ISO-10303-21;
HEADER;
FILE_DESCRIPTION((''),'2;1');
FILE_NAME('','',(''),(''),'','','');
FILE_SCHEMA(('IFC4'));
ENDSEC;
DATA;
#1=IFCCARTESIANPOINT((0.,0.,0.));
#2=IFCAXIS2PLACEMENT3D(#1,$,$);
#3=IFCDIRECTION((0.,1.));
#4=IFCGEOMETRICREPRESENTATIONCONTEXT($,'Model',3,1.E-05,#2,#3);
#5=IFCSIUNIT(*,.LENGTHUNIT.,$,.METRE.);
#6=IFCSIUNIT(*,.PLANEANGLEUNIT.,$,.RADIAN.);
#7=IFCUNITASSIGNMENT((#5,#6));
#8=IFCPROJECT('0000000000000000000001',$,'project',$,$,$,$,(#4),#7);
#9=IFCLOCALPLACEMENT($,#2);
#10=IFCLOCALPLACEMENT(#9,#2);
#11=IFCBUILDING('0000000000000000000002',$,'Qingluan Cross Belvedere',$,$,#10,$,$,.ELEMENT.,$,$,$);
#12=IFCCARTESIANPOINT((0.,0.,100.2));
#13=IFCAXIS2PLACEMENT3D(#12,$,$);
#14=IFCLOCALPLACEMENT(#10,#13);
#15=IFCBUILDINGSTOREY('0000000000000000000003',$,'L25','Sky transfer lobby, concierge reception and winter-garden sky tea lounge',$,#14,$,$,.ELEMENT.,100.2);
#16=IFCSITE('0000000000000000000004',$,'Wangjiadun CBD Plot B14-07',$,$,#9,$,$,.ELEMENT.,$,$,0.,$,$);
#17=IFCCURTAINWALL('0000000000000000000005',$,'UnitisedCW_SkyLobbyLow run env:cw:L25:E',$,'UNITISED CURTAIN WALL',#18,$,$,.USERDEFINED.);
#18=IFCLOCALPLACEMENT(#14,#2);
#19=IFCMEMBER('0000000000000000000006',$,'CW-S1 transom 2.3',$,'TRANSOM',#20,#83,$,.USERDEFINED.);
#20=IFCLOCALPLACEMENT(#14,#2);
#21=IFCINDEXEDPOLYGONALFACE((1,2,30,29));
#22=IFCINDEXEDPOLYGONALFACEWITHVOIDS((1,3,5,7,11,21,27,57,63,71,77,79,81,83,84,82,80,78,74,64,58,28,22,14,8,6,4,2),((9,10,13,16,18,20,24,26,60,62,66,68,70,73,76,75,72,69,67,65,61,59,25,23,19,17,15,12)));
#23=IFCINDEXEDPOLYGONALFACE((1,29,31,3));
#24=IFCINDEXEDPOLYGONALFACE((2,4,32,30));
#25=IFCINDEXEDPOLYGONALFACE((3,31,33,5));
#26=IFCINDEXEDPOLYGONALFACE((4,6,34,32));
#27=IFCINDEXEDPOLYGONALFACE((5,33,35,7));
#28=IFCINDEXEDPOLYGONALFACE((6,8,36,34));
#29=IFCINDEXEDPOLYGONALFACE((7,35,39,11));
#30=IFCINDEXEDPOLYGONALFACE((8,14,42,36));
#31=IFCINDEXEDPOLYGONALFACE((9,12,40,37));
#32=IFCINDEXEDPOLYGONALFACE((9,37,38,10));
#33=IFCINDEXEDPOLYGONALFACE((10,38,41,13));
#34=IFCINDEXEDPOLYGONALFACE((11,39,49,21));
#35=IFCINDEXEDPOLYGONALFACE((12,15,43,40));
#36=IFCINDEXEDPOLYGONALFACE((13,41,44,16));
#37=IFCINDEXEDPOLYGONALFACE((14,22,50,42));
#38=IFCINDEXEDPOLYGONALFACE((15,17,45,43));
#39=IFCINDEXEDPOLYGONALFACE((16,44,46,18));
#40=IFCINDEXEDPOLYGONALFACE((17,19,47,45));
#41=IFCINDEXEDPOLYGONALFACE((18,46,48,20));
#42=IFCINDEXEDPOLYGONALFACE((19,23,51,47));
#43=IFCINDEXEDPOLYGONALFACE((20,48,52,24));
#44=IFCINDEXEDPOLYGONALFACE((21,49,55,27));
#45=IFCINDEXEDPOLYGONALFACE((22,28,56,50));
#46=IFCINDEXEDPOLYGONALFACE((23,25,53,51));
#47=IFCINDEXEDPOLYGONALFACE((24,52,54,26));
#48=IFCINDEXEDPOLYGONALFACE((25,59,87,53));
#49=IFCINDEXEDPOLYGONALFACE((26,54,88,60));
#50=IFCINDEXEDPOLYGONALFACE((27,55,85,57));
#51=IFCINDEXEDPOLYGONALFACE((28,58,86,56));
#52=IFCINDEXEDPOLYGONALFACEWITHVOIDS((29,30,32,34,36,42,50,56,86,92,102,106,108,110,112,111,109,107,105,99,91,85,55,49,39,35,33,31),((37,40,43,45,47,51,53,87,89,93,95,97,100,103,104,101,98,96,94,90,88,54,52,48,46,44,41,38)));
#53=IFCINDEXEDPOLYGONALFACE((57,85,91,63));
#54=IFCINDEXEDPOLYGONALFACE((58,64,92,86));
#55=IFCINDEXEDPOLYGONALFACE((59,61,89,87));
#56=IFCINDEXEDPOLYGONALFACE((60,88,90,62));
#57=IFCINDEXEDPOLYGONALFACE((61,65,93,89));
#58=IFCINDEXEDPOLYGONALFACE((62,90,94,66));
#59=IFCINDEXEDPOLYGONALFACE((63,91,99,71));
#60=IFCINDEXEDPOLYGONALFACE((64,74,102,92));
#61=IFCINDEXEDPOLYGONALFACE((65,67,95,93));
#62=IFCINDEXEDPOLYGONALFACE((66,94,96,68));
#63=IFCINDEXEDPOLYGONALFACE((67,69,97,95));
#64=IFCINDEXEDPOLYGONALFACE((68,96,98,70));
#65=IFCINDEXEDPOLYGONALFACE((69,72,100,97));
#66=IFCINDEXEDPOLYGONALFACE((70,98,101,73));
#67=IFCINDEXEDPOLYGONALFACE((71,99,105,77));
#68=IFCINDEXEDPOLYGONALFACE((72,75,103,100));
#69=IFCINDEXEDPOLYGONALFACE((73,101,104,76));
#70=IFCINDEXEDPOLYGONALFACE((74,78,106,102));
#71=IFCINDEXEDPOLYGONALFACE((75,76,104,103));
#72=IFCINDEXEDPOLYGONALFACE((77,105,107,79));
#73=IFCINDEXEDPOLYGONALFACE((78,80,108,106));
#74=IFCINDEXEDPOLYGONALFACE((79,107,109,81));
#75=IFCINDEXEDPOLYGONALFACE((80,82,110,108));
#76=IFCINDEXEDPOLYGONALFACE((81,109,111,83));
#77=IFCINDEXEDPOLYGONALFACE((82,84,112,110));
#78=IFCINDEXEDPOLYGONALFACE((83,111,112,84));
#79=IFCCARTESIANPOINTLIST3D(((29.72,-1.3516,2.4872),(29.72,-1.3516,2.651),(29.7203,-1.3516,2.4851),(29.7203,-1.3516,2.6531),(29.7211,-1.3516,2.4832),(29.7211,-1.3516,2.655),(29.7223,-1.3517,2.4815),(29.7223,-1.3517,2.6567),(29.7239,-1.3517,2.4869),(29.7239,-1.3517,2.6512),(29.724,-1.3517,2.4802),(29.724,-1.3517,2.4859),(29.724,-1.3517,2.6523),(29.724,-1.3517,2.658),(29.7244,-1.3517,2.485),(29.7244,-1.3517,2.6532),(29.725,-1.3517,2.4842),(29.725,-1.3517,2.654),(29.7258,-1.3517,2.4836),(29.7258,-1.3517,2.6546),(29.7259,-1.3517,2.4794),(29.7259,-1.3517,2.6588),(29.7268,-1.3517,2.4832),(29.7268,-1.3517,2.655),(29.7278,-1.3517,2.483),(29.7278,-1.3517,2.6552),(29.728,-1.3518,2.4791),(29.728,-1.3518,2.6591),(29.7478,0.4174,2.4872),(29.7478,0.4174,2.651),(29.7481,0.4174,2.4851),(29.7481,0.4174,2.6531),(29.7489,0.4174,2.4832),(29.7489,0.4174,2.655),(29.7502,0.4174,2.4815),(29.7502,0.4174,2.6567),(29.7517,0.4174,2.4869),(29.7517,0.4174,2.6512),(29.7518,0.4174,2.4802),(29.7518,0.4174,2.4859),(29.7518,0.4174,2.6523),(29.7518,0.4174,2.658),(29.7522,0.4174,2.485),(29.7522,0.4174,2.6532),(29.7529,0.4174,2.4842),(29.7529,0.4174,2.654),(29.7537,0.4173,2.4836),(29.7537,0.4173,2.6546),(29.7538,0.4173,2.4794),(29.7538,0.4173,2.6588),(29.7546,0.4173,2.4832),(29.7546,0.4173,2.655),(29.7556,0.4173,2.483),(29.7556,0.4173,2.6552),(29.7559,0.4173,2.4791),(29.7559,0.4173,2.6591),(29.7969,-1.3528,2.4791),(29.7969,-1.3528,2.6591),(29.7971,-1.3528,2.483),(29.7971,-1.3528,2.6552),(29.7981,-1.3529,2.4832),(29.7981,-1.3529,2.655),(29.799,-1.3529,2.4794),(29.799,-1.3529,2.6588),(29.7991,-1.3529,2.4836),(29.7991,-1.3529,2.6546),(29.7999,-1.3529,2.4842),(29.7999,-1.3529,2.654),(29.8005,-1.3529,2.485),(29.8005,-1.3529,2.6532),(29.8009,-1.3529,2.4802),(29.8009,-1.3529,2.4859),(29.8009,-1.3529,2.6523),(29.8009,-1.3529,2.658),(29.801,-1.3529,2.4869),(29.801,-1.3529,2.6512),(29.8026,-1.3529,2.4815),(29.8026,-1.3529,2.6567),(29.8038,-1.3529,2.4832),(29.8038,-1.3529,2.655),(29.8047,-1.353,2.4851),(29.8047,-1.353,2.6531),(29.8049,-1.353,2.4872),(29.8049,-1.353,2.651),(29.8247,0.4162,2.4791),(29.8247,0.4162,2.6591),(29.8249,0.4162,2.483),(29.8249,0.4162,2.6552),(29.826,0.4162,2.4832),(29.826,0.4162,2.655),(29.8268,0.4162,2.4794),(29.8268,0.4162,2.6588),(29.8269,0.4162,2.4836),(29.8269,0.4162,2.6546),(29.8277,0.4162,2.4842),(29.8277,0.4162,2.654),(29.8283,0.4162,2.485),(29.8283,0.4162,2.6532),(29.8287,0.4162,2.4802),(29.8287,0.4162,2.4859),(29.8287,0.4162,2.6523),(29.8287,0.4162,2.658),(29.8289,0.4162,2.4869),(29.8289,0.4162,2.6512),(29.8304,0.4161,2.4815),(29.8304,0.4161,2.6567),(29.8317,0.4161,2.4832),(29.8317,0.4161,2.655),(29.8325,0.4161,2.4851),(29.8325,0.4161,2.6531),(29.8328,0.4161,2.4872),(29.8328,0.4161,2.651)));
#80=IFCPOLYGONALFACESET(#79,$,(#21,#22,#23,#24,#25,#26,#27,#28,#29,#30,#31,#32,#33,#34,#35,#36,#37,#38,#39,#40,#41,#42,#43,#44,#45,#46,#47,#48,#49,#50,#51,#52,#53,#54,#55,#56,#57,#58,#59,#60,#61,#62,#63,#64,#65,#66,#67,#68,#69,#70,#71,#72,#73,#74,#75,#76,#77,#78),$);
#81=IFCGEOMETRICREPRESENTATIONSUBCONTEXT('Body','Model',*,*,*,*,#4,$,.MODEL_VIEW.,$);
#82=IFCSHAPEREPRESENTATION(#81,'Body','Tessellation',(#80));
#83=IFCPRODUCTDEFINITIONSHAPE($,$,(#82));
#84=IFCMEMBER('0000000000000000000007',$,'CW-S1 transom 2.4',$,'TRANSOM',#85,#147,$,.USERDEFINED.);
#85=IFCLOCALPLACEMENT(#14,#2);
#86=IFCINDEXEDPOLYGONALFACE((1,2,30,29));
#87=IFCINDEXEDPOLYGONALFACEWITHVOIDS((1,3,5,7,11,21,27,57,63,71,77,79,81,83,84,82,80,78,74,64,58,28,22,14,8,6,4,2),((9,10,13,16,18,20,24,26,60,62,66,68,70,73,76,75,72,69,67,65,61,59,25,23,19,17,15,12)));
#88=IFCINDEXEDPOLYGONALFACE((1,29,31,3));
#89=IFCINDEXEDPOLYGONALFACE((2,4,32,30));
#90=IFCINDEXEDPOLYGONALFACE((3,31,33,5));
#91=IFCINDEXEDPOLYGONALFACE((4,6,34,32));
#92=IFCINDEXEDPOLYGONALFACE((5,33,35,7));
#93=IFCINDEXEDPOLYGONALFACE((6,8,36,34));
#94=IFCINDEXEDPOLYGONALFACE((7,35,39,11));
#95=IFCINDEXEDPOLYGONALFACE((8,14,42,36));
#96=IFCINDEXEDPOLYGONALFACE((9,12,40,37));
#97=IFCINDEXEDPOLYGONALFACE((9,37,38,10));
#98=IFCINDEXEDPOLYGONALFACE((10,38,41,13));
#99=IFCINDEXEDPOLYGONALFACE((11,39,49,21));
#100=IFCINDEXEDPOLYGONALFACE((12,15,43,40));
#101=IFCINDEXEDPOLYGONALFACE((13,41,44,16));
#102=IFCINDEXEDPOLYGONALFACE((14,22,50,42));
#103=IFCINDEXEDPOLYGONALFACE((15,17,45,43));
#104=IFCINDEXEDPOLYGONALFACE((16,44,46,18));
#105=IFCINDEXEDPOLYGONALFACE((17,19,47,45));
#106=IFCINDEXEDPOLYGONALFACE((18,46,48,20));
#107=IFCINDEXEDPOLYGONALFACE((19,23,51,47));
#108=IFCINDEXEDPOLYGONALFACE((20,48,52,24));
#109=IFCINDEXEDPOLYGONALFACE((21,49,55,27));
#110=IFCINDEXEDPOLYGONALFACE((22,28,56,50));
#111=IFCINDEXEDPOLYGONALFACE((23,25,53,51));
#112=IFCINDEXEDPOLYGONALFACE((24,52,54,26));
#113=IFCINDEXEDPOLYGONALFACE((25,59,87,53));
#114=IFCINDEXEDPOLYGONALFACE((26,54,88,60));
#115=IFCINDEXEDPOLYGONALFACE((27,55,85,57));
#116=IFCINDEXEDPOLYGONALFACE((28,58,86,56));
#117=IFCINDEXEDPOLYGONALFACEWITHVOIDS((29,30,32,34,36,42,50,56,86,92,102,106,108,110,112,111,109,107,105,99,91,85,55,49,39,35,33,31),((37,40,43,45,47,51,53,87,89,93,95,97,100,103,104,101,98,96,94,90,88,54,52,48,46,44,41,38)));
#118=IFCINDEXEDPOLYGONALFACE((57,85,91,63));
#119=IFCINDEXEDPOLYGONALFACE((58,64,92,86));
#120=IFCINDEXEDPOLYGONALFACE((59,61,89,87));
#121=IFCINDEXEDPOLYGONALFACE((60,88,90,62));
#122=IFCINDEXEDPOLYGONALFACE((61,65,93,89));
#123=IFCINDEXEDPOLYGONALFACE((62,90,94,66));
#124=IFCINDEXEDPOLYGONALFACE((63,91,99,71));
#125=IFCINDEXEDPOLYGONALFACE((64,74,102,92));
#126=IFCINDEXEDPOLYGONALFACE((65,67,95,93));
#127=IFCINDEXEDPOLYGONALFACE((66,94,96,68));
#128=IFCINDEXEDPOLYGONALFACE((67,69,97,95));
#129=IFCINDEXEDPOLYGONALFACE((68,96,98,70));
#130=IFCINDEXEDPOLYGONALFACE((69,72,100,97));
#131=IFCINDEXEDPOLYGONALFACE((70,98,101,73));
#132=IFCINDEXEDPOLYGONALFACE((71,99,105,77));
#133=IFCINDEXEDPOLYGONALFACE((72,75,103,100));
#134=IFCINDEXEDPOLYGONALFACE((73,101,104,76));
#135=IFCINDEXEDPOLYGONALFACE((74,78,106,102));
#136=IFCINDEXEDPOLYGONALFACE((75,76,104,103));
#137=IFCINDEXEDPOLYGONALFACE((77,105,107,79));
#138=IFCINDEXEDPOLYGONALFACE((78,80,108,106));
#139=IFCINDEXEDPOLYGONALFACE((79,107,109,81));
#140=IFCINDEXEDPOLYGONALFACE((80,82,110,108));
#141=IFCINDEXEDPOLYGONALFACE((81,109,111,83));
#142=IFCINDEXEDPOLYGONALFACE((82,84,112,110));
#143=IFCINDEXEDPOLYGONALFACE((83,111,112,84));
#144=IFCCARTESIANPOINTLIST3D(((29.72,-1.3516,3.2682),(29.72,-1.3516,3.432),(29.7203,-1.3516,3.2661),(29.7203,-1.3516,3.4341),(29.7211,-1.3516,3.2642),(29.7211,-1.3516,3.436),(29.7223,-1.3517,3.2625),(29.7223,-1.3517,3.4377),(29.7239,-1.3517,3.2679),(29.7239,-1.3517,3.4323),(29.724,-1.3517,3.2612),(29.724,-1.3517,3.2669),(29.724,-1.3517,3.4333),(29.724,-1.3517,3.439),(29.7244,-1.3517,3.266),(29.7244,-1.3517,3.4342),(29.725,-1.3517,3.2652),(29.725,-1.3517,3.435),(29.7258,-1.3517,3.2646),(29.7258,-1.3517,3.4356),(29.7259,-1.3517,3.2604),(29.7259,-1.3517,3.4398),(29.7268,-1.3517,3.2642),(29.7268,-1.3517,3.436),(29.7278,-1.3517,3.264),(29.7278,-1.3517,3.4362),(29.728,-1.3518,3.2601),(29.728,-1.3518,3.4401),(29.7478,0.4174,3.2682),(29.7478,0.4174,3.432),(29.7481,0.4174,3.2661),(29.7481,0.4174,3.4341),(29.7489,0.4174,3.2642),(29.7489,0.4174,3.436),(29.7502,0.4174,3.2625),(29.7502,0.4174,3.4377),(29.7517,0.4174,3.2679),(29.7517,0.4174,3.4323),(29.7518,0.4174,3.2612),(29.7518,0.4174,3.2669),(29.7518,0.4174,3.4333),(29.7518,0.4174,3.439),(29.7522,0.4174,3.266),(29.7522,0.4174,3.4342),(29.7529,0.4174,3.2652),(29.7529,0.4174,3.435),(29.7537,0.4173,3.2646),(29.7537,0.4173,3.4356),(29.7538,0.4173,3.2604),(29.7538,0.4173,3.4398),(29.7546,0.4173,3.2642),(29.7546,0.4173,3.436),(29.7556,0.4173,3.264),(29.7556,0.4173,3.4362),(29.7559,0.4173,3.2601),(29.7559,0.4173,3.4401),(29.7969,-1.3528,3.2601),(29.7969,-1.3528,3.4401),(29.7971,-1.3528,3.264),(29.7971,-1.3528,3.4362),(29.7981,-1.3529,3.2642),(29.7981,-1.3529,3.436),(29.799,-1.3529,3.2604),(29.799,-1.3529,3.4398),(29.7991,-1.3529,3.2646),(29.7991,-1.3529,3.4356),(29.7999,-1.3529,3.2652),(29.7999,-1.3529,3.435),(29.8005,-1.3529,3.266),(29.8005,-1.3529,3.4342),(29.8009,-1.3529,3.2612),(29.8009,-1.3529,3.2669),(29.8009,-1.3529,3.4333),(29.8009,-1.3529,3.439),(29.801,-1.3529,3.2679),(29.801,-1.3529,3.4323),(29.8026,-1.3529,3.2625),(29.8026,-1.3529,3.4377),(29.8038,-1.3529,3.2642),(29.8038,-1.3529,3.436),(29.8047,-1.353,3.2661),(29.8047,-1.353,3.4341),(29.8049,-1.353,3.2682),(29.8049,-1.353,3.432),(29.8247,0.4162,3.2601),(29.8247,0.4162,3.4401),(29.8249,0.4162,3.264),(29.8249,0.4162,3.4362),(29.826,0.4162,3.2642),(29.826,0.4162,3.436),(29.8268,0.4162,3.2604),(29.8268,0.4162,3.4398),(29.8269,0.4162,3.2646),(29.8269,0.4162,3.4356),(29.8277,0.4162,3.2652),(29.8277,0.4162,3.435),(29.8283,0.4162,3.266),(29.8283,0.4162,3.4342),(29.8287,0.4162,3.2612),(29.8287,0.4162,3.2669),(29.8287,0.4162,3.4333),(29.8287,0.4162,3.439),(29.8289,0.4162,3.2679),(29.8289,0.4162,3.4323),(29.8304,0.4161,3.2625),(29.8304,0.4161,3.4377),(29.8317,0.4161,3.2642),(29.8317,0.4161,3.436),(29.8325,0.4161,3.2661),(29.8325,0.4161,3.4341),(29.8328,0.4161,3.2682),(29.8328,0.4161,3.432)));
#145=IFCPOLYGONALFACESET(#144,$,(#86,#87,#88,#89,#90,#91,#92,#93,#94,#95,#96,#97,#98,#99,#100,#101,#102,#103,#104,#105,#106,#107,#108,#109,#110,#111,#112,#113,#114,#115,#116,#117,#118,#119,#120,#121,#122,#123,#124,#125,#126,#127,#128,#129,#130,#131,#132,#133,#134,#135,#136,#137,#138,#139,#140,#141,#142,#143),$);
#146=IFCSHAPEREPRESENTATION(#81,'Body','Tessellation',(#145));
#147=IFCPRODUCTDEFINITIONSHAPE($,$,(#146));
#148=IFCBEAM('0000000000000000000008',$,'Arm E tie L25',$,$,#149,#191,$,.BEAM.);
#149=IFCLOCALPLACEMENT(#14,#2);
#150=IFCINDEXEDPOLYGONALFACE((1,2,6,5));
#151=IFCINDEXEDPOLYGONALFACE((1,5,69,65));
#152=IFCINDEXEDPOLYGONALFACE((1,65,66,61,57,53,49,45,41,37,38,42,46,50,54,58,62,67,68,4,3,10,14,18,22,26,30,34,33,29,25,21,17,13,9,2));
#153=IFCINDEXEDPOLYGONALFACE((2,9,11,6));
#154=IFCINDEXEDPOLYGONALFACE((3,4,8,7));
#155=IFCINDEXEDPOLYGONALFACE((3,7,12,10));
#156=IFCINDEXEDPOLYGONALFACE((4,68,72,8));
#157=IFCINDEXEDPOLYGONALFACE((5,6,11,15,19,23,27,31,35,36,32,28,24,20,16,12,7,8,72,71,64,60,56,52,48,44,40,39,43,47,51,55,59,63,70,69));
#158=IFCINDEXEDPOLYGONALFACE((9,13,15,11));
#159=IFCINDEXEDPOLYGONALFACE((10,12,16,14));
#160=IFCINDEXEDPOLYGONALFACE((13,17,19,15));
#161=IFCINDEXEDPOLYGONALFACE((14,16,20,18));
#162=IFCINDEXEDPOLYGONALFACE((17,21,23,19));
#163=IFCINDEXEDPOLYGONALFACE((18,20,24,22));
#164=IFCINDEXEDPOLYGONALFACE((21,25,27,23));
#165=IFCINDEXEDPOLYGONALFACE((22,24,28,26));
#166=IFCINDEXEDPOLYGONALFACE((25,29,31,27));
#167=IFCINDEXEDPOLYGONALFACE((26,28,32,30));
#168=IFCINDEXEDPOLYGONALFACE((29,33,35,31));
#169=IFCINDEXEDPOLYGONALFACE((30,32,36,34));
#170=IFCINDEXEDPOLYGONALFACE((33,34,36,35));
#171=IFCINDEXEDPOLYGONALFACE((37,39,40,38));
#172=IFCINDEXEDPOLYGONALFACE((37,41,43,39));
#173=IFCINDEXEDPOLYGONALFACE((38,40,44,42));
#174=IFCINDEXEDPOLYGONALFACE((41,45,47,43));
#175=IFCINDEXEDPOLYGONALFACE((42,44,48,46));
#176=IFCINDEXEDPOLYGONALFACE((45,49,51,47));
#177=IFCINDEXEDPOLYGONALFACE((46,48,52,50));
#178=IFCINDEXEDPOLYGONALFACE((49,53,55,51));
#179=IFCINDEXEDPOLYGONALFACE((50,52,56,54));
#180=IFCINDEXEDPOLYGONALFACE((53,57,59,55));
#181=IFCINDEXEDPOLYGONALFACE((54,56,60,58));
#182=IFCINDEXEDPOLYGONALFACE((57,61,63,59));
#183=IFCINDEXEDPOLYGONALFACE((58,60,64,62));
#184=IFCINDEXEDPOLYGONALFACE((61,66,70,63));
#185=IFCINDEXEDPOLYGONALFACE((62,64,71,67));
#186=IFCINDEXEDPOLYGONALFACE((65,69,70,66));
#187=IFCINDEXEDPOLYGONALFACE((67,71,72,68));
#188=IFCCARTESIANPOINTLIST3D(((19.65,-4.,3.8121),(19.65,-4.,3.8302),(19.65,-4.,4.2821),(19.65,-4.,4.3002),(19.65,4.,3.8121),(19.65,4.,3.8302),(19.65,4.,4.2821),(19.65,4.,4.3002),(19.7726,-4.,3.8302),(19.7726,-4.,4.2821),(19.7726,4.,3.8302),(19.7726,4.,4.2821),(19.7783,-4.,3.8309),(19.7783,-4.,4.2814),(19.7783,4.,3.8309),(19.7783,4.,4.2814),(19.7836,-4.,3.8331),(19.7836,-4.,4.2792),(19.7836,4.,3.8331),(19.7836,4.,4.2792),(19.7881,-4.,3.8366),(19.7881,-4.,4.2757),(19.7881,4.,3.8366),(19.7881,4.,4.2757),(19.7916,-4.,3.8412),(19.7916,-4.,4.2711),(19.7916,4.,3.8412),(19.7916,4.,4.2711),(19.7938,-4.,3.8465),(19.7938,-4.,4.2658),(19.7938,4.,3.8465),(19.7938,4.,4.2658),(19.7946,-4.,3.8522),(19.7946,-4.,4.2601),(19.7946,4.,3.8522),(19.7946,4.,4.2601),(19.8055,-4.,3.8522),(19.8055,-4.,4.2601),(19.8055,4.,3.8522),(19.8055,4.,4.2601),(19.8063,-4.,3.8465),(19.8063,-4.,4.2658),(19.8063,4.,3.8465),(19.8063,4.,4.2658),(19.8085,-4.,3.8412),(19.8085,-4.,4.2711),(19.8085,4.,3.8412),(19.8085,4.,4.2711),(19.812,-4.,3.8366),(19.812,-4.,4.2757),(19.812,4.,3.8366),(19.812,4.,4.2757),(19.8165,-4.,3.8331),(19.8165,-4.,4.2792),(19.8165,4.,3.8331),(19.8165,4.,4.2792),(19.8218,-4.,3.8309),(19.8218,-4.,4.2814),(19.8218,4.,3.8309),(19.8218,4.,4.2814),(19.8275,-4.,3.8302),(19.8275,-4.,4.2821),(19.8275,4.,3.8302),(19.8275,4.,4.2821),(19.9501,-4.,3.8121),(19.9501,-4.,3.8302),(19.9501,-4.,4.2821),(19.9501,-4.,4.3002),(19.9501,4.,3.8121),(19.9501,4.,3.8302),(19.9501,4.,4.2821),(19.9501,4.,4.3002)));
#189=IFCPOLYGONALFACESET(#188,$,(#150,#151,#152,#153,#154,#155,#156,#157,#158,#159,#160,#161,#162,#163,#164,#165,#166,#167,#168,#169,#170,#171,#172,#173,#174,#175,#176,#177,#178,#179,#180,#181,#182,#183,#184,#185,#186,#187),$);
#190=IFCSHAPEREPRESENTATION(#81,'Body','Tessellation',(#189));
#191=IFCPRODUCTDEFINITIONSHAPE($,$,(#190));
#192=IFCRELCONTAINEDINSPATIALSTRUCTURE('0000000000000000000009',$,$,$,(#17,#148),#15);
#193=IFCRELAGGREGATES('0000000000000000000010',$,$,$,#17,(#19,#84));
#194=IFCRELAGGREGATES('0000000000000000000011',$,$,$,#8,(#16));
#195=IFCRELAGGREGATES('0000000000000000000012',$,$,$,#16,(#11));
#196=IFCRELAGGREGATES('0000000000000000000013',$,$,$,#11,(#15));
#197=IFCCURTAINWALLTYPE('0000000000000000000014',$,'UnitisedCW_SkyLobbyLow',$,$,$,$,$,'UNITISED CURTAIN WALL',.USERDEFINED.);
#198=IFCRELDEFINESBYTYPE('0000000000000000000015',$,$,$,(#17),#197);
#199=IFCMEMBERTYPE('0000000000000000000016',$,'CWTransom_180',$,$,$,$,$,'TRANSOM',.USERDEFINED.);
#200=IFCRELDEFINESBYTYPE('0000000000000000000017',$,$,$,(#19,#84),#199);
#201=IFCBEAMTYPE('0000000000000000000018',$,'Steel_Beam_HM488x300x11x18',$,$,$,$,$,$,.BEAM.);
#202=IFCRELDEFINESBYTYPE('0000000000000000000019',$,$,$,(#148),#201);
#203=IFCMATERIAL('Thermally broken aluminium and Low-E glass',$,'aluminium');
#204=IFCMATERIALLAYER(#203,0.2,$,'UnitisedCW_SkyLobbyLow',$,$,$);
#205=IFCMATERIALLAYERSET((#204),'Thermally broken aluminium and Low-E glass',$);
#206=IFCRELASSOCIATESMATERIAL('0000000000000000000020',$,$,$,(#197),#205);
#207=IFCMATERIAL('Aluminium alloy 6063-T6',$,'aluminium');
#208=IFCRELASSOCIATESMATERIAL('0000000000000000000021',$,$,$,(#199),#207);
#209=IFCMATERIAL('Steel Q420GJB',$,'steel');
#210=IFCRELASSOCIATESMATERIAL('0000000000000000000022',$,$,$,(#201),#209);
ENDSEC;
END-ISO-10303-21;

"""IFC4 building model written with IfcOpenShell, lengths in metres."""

from ifc_helpers import new_model, si_unit, direction, frame, origin, origin_2d, place, context, subcontext, project, spatial, hollow_rectangle, i_section, extrude, material, layer, layer_set, material_profile, profile_set, type_object, element, aggregate, save


model = new_model("IFC4")

# Units and contexts
model_context = context("Model", 3, precision=1e-05, world=origin(), true_north=direction((0.0, 1.0)))
body_context = subcontext(model_context, "Body", "Model", "MODEL_VIEW")
ifc_project = project(units=[si_unit("LENGTHUNIT", "METRE"), si_unit("PLANEANGLEUNIT", "RADIAN")], contexts=[model_context])

# Site, building, storey
site_placement = place(None, origin())
site = spatial("IfcSite", under=ifc_project, at=site_placement, Name="Wangjiadun CBD Plot B14-07", CompositionType="ELEMENT", RefElevation=0.0)
building_placement = place(site_placement, origin())
building = spatial("IfcBuilding", under=site, at=building_placement, Name="Qingluan Cross Belvedere", CompositionType="ELEMENT")
storey_placement = place(building_placement, frame((0.0, 0.0, 100.2)))
storey = spatial("IfcBuildingStorey", under=building, at=storey_placement, Name="L25", Description="Sky transfer lobby, concierge reception and winter-garden sky tea lounge", CompositionType="ELEMENT", Elevation=100.2)

# Curtain wall, members
ifc_material_1 = material(Name="Thermally broken aluminium and Low-E glass", Category="aluminium")
ifc_layer_1 = layer(ifc_material_1, 0.2, Name="UnitisedCW_SkyLobbyLow")
ifc_layer_set_1 = layer_set([ifc_layer_1], Name="Thermally broken aluminium and Low-E glass")
curtain_wall_type = type_object("IfcCurtainWallType", Name="UnitisedCW_SkyLobbyLow", ElementType="UNITISED CURTAIN WALL", PredefinedType="USERDEFINED", material=ifc_layer_set_1)
curtain_wall_placement = place(storey_placement, origin())
curtain_wall = element("IfcCurtainWall", 1, at=curtain_wall_placement, inside=storey, type_object=curtain_wall_type, Name="UnitisedCW_SkyLobbyLow run env:cw:L25:E", ObjectType="UNITISED CURTAIN WALL", PredefinedType="USERDEFINED")
ifc_material_2 = material(Name="Aluminium alloy 6063-T6", Category="aluminium")
ifc_material_profile_1 = material_profile(ifc_material_2, hollow_rectangle(XDim=0.085, YDim=0.1799, WallThickness=0.0039, InnerFilletRadius=0.0039, OuterFilletRadius=0.0081, at=origin_2d()), Name="CWT180x85x4")
ifc_profile_set_1 = profile_set([ifc_material_profile_1], Name="Aluminium alloy 6063-T6")
member_type_1 = type_object("IfcMemberType", Name="CWTransom_180", ElementType="TRANSOM", PredefinedType="USERDEFINED", material=ifc_profile_set_1)
member_1_placement = place(storey_placement, frame((29.7625, -1.3523, 2.5691), z_axis=(0.015731, 0.999876, 0.0), x_axis=(-0.999876, 0.015731, 0.0)))
member_1 = element("IfcMember", 2, at=member_1_placement, type_object=member_type_1, Name="CW-S1 transom 2.3", ObjectType="TRANSOM", PredefinedType="USERDEFINED", context=body_context, shape_type="SweptSolid", body=[
    extrude(hollow_rectangle(XDim=0.085, YDim=0.1799, WallThickness=0.0039, InnerFilletRadius=0.0039, OuterFilletRadius=0.0081, at=origin_2d()), origin(), (0.0, 0.0, 1.0), 1.7693),
])
member_2_placement = place(storey_placement, frame((29.7625, -1.3523, 3.3501), z_axis=(0.015731, 0.999876, 0.0), x_axis=(-0.999876, 0.015731, 0.0)))
member_2 = element("IfcMember", 3, at=member_2_placement, type_object=member_type_1, Name="CW-S1 transom 2.4", ObjectType="TRANSOM", PredefinedType="USERDEFINED", context=body_context, shape_type="SweptSolid", body=[
    extrude(hollow_rectangle(XDim=0.085, YDim=0.1799, WallThickness=0.0039, InnerFilletRadius=0.0039, OuterFilletRadius=0.0081, at=origin_2d()), origin(), (0.0, 0.0, 1.0), 1.7693),
])

# Beam
ifc_material_3 = material(Name="Steel Q420GJB", Category="steel")
ifc_material_profile_2 = material_profile(ifc_material_3, i_section(OverallWidth=0.3, OverallDepth=0.488, WebThickness=0.011, FlangeThickness=0.0181, FilletRadius=0.022, at=origin_2d()), Name="HM488x300x11x18")
ifc_profile_set_2 = profile_set([ifc_material_profile_2], Name="Steel Q420GJB")
beam_type = type_object("IfcBeamType", Name="Steel_Beam_HM488x300x11x18", PredefinedType="BEAM", material=ifc_profile_set_2)
beam_1_placement = place(storey_placement, frame((19.8, -4.0, 4.0562), z_axis=(0.0, 1.0, 0.0), x_axis=(-1.0, 0.0, 0.0)))
element("IfcBeam", 4, at=beam_1_placement, inside=storey, type_object=beam_type, Name="Arm E tie L25", PredefinedType="BEAM", context=body_context, shape_type="SweptSolid", body=[
    extrude(i_section(OverallWidth=0.3, OverallDepth=0.488, WebThickness=0.011, FlangeThickness=0.0181, FilletRadius=0.022, at=origin_2d()), origin(), (0.0, 0.0, 1.0), 8.0),
])

aggregate(curtain_wall, [member_1, member_2])

save(model, "model.ifc")
